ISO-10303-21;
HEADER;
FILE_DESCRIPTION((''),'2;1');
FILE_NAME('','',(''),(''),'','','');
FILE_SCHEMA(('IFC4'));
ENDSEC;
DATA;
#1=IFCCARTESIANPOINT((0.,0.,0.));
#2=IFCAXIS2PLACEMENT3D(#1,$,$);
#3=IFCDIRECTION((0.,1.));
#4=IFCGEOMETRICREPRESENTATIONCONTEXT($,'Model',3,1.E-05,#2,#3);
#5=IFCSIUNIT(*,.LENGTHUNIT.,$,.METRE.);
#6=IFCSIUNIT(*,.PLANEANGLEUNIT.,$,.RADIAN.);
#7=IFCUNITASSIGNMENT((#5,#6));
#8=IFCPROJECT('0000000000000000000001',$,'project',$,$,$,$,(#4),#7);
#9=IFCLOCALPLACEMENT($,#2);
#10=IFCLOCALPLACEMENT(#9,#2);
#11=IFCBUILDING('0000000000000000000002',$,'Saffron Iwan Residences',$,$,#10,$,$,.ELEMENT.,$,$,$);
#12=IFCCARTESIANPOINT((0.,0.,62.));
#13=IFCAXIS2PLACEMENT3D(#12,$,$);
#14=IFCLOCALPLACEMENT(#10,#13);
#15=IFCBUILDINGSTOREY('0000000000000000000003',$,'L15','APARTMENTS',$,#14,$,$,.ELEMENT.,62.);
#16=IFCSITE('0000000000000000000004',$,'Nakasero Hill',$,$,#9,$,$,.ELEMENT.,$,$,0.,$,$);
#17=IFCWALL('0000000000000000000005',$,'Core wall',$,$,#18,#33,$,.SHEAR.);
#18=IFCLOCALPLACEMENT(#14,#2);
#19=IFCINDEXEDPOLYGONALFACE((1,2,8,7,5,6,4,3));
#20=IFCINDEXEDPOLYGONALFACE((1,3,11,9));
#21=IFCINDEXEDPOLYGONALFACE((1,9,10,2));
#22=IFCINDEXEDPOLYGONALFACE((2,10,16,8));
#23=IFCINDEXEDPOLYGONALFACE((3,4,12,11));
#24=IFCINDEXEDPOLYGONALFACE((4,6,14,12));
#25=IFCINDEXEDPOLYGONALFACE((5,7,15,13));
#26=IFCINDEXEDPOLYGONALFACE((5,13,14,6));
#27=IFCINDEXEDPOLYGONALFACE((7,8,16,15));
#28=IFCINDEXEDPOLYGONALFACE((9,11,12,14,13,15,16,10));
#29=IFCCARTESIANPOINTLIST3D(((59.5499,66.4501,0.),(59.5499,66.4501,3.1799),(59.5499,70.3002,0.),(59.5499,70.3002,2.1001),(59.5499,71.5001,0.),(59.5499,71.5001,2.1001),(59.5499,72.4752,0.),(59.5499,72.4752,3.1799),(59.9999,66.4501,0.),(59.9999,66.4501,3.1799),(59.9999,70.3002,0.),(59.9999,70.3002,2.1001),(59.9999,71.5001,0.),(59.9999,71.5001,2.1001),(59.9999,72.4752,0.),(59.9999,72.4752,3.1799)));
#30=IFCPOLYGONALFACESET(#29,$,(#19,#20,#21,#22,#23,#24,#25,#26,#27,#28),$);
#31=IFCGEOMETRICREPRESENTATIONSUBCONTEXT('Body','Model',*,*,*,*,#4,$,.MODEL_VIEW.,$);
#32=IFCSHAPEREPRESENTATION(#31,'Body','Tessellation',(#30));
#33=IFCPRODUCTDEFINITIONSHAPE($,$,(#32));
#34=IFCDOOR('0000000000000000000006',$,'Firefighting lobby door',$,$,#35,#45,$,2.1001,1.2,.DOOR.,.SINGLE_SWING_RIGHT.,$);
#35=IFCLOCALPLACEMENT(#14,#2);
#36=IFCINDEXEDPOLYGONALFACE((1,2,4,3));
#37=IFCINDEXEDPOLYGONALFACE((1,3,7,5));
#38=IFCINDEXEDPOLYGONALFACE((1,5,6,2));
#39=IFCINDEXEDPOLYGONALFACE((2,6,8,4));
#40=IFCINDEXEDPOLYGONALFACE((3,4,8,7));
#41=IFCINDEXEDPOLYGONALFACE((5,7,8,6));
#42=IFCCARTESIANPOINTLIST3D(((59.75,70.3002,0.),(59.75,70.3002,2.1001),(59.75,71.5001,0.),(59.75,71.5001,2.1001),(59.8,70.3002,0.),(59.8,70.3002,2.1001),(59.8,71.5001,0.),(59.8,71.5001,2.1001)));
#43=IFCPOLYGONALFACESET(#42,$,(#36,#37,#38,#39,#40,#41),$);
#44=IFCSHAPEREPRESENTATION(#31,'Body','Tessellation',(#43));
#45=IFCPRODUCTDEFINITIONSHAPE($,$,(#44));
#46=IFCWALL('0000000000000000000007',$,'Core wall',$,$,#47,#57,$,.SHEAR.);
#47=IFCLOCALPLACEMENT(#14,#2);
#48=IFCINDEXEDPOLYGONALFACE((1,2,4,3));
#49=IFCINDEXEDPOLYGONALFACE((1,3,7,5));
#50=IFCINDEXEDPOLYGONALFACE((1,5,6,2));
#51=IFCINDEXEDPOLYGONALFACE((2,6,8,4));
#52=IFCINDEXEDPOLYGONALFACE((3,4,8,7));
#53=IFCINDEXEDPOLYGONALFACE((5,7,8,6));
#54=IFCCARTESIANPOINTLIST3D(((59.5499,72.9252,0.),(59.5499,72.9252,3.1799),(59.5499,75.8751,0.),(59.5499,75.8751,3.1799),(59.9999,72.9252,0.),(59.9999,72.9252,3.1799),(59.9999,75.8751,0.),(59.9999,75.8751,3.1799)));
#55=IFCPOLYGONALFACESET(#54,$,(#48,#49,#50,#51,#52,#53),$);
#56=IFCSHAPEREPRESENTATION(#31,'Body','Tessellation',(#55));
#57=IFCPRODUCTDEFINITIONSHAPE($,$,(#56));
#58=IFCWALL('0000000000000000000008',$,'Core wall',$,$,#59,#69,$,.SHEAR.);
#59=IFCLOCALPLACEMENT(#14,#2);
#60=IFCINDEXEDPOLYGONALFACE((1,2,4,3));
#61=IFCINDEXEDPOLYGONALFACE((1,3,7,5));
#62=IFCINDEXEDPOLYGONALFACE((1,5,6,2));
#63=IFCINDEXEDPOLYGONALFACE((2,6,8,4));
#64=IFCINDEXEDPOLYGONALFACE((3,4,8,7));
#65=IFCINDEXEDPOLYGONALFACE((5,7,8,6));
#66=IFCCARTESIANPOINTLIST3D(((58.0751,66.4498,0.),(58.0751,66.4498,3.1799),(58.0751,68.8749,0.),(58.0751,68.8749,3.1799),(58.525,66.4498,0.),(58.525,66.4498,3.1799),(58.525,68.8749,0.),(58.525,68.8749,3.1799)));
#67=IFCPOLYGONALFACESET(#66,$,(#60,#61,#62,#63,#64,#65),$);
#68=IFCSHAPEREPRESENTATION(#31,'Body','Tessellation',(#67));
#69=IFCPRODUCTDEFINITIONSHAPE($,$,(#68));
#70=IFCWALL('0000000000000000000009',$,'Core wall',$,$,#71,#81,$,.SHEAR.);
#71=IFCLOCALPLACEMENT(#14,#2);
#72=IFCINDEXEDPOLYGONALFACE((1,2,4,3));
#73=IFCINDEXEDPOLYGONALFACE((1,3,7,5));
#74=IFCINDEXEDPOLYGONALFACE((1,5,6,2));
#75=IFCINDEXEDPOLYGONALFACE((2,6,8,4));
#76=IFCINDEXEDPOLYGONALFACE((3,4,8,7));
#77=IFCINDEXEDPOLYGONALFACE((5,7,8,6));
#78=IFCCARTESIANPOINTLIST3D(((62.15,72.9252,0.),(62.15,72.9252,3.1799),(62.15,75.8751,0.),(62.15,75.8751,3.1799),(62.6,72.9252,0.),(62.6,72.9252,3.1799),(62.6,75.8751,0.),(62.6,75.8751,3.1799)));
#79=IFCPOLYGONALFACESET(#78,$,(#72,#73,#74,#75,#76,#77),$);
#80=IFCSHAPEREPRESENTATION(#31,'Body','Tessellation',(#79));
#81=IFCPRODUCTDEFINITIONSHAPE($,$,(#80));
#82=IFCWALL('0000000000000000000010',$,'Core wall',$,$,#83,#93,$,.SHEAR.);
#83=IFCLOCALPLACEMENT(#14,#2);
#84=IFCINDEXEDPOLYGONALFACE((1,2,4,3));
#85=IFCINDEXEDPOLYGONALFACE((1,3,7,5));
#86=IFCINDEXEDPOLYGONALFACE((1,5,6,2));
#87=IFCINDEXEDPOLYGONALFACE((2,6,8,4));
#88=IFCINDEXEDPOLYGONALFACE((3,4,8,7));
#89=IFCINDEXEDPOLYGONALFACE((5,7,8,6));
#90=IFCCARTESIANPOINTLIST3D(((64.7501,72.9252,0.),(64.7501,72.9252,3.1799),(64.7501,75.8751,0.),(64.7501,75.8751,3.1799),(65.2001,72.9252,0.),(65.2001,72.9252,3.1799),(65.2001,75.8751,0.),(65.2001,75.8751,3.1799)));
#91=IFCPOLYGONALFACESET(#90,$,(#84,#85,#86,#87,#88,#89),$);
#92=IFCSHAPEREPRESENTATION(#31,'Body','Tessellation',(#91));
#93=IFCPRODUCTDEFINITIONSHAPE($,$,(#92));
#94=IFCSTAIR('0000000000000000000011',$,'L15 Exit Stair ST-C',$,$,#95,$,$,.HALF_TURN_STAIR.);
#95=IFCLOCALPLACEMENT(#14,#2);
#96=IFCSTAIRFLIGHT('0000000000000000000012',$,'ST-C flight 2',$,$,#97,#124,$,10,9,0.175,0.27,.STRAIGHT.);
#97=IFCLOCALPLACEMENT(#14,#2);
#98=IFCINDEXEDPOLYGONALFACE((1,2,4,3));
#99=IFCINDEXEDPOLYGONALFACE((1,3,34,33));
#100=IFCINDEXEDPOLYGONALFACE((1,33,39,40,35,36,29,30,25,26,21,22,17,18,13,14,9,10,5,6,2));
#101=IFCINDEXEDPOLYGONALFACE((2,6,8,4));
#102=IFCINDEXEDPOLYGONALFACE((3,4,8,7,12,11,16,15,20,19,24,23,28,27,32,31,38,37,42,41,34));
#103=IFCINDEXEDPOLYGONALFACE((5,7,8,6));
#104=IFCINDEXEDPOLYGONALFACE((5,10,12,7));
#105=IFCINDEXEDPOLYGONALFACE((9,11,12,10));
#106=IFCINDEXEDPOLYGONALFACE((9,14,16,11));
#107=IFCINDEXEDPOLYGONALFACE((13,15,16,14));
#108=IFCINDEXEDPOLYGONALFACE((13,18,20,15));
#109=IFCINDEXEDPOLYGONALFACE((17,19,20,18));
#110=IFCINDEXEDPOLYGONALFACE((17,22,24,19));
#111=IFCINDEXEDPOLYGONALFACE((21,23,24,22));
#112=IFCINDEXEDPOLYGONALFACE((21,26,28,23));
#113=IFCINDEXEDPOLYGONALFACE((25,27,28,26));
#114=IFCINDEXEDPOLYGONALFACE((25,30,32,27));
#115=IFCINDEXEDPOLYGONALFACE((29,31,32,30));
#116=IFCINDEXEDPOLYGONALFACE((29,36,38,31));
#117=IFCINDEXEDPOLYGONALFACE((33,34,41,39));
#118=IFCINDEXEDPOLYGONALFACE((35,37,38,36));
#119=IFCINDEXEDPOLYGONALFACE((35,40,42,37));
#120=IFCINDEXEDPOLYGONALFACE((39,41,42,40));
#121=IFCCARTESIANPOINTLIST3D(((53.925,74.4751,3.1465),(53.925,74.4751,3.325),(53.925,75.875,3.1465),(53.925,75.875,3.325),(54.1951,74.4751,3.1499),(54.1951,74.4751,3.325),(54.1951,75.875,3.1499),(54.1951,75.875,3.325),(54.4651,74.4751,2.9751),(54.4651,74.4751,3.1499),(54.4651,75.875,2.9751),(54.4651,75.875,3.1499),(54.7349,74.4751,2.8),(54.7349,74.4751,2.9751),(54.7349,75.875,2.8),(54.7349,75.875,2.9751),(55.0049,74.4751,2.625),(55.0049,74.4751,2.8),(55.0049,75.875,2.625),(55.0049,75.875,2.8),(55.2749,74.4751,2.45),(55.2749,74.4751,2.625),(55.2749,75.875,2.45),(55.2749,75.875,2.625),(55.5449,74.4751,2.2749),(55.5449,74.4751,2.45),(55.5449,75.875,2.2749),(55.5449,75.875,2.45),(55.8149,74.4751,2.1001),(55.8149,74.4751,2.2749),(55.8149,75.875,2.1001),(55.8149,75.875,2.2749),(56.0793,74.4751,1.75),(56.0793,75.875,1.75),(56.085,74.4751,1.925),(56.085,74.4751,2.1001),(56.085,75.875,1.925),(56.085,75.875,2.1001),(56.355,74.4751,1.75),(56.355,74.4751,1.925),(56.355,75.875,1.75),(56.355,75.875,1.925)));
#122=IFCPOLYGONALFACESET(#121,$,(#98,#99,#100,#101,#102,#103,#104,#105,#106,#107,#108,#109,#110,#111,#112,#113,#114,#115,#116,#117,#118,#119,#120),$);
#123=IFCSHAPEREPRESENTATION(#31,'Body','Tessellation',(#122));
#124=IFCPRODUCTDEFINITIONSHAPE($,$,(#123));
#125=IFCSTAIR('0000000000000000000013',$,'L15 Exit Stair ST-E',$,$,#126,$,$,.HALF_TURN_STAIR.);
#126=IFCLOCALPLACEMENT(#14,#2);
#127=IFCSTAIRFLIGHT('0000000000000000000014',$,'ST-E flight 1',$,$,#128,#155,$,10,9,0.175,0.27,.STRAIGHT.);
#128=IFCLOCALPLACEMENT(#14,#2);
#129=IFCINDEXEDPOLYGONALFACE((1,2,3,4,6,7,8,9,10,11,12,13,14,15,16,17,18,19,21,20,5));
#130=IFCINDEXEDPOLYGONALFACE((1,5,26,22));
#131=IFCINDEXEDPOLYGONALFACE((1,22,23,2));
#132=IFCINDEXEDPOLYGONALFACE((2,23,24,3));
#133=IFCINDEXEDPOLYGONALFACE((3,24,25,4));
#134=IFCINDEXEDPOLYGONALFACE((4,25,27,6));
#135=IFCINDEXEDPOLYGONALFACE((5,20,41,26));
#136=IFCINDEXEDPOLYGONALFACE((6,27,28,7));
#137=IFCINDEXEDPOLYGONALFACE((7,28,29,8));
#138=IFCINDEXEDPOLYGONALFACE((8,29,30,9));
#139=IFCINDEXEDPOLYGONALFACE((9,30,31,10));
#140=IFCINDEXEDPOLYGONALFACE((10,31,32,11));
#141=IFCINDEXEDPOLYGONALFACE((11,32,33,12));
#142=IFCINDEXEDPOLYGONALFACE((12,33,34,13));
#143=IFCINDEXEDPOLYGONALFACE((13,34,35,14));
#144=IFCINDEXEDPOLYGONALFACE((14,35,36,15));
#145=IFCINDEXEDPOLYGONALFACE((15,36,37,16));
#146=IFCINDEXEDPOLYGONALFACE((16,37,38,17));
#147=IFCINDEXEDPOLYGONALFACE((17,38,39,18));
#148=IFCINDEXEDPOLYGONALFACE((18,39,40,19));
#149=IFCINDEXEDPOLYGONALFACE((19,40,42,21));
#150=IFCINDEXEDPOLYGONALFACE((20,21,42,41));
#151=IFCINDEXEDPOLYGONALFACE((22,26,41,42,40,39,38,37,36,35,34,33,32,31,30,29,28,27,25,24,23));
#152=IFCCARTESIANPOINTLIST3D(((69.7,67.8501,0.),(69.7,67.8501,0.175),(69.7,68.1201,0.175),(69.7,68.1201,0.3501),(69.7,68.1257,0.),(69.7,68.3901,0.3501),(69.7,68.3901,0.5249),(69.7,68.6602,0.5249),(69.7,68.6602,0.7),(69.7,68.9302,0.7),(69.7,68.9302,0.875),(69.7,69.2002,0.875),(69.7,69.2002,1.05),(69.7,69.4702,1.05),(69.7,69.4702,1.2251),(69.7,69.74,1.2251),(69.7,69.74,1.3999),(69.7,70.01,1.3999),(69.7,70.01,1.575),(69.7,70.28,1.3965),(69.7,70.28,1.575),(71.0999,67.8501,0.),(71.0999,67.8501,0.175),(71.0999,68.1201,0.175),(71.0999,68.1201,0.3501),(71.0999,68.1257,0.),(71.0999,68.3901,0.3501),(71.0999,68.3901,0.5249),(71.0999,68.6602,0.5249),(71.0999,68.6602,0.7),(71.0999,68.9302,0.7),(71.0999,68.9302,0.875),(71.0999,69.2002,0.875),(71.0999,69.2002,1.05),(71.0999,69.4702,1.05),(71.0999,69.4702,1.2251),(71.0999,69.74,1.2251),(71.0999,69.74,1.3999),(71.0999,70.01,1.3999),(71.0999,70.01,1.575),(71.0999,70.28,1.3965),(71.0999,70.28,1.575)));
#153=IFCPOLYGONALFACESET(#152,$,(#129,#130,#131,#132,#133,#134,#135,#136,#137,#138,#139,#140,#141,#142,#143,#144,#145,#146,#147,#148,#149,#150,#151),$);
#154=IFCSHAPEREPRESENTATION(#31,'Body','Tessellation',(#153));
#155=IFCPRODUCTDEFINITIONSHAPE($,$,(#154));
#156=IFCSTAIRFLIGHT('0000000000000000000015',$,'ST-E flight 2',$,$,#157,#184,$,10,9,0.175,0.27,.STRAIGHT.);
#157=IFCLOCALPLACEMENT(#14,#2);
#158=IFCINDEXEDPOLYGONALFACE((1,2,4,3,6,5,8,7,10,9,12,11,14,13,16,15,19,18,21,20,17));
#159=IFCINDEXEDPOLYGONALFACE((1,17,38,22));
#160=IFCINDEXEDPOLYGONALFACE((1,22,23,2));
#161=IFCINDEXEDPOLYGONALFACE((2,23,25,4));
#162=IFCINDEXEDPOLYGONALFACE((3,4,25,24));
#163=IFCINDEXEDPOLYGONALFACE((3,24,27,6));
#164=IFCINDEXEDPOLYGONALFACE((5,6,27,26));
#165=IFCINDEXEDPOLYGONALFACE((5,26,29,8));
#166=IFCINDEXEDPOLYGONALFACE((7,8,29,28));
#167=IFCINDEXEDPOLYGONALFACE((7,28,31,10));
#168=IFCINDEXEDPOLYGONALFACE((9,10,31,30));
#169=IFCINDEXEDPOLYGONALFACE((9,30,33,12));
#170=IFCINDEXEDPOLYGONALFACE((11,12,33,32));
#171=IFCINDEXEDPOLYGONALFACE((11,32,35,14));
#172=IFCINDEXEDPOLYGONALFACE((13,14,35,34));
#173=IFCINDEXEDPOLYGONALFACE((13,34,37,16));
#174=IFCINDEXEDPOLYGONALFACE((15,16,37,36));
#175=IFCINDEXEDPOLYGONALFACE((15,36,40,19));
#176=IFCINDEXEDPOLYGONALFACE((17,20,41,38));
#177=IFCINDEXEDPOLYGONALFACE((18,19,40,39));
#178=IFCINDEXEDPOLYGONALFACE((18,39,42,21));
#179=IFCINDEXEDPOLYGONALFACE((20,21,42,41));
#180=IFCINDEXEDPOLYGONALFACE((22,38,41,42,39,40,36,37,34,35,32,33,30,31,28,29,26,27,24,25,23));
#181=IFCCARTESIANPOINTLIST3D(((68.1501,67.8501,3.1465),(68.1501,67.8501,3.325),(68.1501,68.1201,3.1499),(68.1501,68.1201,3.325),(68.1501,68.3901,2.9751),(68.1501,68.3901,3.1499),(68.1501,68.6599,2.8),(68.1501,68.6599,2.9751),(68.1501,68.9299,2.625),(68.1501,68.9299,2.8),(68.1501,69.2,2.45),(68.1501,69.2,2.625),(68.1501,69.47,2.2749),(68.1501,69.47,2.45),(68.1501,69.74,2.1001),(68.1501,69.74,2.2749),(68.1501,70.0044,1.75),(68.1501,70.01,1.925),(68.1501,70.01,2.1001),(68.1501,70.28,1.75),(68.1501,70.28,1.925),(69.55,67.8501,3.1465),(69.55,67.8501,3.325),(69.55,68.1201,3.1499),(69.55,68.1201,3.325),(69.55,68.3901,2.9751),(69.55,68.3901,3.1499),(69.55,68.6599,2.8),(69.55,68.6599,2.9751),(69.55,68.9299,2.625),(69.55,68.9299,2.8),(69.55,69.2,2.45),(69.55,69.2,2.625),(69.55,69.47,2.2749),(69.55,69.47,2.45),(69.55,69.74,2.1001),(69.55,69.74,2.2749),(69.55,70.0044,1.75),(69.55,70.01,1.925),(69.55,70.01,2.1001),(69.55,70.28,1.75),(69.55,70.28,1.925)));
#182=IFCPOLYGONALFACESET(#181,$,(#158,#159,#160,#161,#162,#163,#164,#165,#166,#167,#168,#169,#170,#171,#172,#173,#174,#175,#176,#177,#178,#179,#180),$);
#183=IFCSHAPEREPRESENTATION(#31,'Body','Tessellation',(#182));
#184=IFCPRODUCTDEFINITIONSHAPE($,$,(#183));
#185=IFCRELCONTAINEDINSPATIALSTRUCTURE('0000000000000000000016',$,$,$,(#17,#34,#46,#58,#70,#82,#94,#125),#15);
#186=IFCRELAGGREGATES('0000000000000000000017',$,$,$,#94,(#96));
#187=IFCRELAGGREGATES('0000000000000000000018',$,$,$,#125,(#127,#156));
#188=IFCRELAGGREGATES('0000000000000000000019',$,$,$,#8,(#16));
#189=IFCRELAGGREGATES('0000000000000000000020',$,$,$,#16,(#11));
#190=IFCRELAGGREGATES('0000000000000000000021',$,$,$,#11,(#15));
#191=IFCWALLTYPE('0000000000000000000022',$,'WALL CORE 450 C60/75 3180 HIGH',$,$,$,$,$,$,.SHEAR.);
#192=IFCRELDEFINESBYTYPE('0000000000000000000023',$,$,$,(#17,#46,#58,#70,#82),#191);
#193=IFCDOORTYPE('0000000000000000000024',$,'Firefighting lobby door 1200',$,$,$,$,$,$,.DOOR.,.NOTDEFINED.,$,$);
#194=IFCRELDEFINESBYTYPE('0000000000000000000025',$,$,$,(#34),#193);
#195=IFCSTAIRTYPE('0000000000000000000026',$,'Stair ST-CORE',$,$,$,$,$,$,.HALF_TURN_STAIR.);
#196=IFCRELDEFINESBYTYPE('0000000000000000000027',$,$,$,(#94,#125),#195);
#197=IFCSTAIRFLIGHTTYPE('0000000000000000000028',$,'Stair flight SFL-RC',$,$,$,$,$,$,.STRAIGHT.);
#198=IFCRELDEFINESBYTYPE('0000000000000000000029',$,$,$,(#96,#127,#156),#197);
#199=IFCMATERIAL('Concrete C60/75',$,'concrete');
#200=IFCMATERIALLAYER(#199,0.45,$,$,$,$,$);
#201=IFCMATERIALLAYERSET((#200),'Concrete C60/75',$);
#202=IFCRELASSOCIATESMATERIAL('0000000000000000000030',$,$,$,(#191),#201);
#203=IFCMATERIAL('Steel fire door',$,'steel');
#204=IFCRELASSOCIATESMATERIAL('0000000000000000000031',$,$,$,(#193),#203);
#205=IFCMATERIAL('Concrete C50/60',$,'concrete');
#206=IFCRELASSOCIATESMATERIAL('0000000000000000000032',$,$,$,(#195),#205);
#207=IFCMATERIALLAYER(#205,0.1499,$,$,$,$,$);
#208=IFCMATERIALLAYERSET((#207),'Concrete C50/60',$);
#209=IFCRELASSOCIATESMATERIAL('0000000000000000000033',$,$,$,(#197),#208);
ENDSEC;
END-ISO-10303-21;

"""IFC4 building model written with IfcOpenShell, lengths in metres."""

from ifc_helpers import new_model, si_unit, direction, frame, frame_2d, origin, place, context, subcontext, project, spatial, polyline, rectangle, outline, extrude, material, layer, layer_set, type_object, element, fill, aggregate, save


model = new_model("IFC4")

# Units and contexts
model_context = context("Model", 3, precision=1e-05, world=origin(), true_north=direction((0.0, 1.0)))
body_context = subcontext(model_context, "Body", "Model", "MODEL_VIEW")
ifc_project = project(units=[si_unit("LENGTHUNIT", "METRE"), si_unit("PLANEANGLEUNIT", "RADIAN")], contexts=[model_context])

# Site, building, storey
site_placement = place(None, origin())
site = spatial("IfcSite", under=ifc_project, at=site_placement, Name="Nakasero Hill", CompositionType="ELEMENT", RefElevation=0.0)
building_placement = place(site_placement, origin())
building = spatial("IfcBuilding", under=site, at=building_placement, Name="Saffron Iwan Residences", CompositionType="ELEMENT")
storey_placement = place(building_placement, frame((0.0, 0.0, 62.0)))
storey = spatial("IfcBuildingStorey", under=building, at=storey_placement, Name="L15", Description="APARTMENTS", CompositionType="ELEMENT", Elevation=62.0)

# Shared definitions
ifc_material_1 = material(Name="Concrete C60/75", Category="concrete")

# Shared definitions
ifc_layer_1 = layer(ifc_material_1, 0.45)
ifc_layer_set_1 = layer_set([ifc_layer_1], Name="Concrete C60/75")
wall_type_1 = type_object("IfcWallType", Name="WALL CORE 450 C60/75 3180 HIGH", PredefinedType="SHEAR", material=ifc_layer_set_1)

# Wall, opening, door
ifc_material_2 = material(Name="Steel fire door", Category="steel")
wall_1_placement = place(storey_placement, frame((59.7749, 66.45, 0.0), z_axis=(0.0, 0.0, 1.0), x_axis=(0.0, 1.0, 0.0)))
wall_1 = element("IfcWall", 1, at=wall_1_placement, inside=storey, type_object=wall_type_1, Name="Core wall", PredefinedType="SHEAR", context=body_context, shape_type="SweptSolid", body=[
    extrude(rectangle(XDim=6.0251, YDim=0.45, at=frame_2d((3.0127, 0.0))), origin(), (0.0, 0.0, 1.0), 3.1799),
])
opening_1_placement = place(wall_1_placement, frame((3.8501, 0.0, 0.0)))
opening_1 = element("IfcOpeningElement", 2, at=opening_1_placement, cuts=wall_1, PredefinedType="OPENING", context=body_context, shape_type="SweptSolid", body=[
    extrude(rectangle(XDim=1.2, YDim=2.1001, at=frame_2d((0.6001, 1.05))), frame((0.0, 0.2349, 0.0), z_axis=(0.0, -1.0, 0.0), x_axis=(1.0, 0.0, 0.0)), (0.0, 0.0, 1.0), 0.47),
])
door_type_1 = type_object("IfcDoorType", Name="Firefighting lobby door 1200", OperationType="NOTDEFINED", PredefinedType="DOOR", material=ifc_material_2)
door_1_placement = place(opening_1_placement, origin())
door_1 = element("IfcDoor", 3, at=door_1_placement, inside=storey, type_object=door_type_1, Name="Firefighting lobby door", OperationType="SINGLE_SWING_RIGHT", OverallHeight=2.1001, OverallWidth=1.2, PredefinedType="DOOR", context=body_context, shape_type="SweptSolid", body=[
    extrude(rectangle(XDim=1.2, YDim=2.1001, at=frame_2d((0.6001, 1.05))), frame((0.0, 0.0249, 0.0), z_axis=(0.0, -1.0, 0.0), x_axis=(1.0, 0.0, 0.0)), (0.0, 0.0, 1.0), 0.05),
])
fill(opening_1, door_1)

# Walls
wall_2_placement = place(storey_placement, frame((59.7749, 72.925, 0.0), z_axis=(0.0, 0.0, 1.0), x_axis=(0.0, 1.0, 0.0)))
element("IfcWall", 4, at=wall_2_placement, inside=storey, type_object=wall_type_1, Name="Core wall", PredefinedType="SHEAR", context=body_context, shape_type="SweptSolid", body=[
    extrude(rectangle(XDim=2.95, YDim=0.45, at=frame_2d((1.4751, 0.0))), origin(), (0.0, 0.0, 1.0), 3.1799),
])
wall_3_placement = place(storey_placement, frame((58.3, 66.45, 0.0), z_axis=(0.0, 0.0, 1.0), x_axis=(0.0, 1.0, 0.0)))
element("IfcWall", 5, at=wall_3_placement, inside=storey, type_object=wall_type_1, Name="Core wall", PredefinedType="SHEAR", context=body_context, shape_type="SweptSolid", body=[
    extrude(rectangle(XDim=2.425, YDim=0.45, at=frame_2d((1.2124, 0.0))), origin(), (0.0, 0.0, 1.0), 3.1799),
])
for number, where, z_axis, x_axis, name in (
    (6, (62.375, 72.925, 0.0), (0.0, 0.0, 1.0), (0.0, 1.0, 0.0), "Core wall"),
    (7, (64.9751, 72.925, 0.0), (0.0, 0.0, 1.0), (0.0, 1.0, 0.0), "Core wall"),
):
    element("IfcWall", number, at=place(storey_placement, frame(where, z_axis=z_axis, x_axis=x_axis)), inside=storey, type_object=wall_type_1, Name=name, PredefinedType="SHEAR", context=body_context, shape_type="SweptSolid", body=[
        extrude(rectangle(XDim=2.95, YDim=0.45, at=frame_2d((1.4751, 0.0))), origin(), (0.0, 0.0, 1.0), 3.1799),
    ])

# Stair, stair flight
ifc_material_3 = material(Name="Concrete C50/60", Category="concrete")
stair_type = type_object("IfcStairType", Name="Stair ST-CORE", PredefinedType="HALF_TURN_STAIR", material=ifc_material_3)
stair_1_placement = place(storey_placement, origin())
stair_1 = element("IfcStair", 8, at=stair_1_placement, inside=storey, type_object=stair_type, Name="L15 Exit Stair ST-C", PredefinedType="HALF_TURN_STAIR")
ifc_layer_2 = layer(ifc_material_3, 0.1499)
ifc_layer_set_2 = layer_set([ifc_layer_2], Name="Concrete C50/60")
stair_flight_type = type_object("IfcStairFlightType", Name="Stair flight SFL-RC", PredefinedType="STRAIGHT", material=ifc_layer_set_2)
stair_flight_1_placement = place(storey_placement, frame((56.355, 75.175, 1.75), z_axis=(0.0, 0.0, 1.0), x_axis=(-1.0, 0.0, 0.0)))
stair_flight_1 = element("IfcStairFlight", 9, at=stair_flight_1_placement, type_object=stair_flight_type, Name="ST-C flight 2", NumberOfRisers=10, NumberOfTreads=9, PredefinedType="STRAIGHT", RiserHeight=0.175, TreadLength=0.27, context=body_context, shape_type="SweptSolid", body=[
    extrude(outline(polyline([(0.0, 0.0), (0.0, 0.175), (0.27, 0.175), (0.27, 0.3501), (0.54, 0.3501), (0.54, 0.5249), (0.8101, 0.5249), (0.8101, 0.7), (1.0801, 0.7), (1.0801, 0.875), (1.3501, 0.875), (1.3501, 1.05), (1.6201, 1.05), (1.6201, 1.2251), (1.8899, 1.2251), (1.8899, 1.3999), (2.1599, 1.3999), (2.1599, 1.575), (2.4299, 1.575), (2.4299, 1.75), (2.4299, 1.3965), (0.2756, 0.0), (0.0, 0.0)])), frame((0.0, 0.7, 0.0), z_axis=(0.0, -1.0, 0.0), x_axis=(1.0, 0.0, 0.0)), (0.0, 0.0, 1.0), 1.3999),
])
aggregate(stair_1, [stair_flight_1])

# Stair, stair flights
stair_2_placement = place(storey_placement, origin())
stair_2 = element("IfcStair", 10, at=stair_2_placement, inside=storey, type_object=stair_type, Name="L15 Exit Stair ST-E", PredefinedType="HALF_TURN_STAIR")
stair_flight_2_placement = place(storey_placement, frame((70.3999, 67.8501, 0.0), z_axis=(0.0, 0.0, 1.0), x_axis=(0.0, 1.0, 0.0)))
stair_flight_2 = element("IfcStairFlight", 11, at=stair_flight_2_placement, type_object=stair_flight_type, Name="ST-E flight 1", NumberOfRisers=10, NumberOfTreads=9, PredefinedType="STRAIGHT", RiserHeight=0.175, TreadLength=0.27, context=body_context, shape_type="SweptSolid", body=[
    extrude(outline(polyline([(0.0, 0.0), (0.0, 0.175), (0.27, 0.175), (0.27, 0.3501), (0.54, 0.3501), (0.54, 0.5249), (0.8101, 0.5249), (0.8101, 0.7), (1.0801, 0.7), (1.0801, 0.875), (1.3501, 0.875), (1.3501, 1.05), (1.6201, 1.05), (1.6201, 1.2251), (1.8899, 1.2251), (1.8899, 1.3999), (2.1599, 1.3999), (2.1599, 1.575), (2.4299, 1.575), (2.4299, 1.75), (2.4299, 1.3965), (0.2756, 0.0), (0.0, 0.0)])), frame((0.0, 0.7, 0.0), z_axis=(0.0, -1.0, 0.0), x_axis=(1.0, 0.0, 0.0)), (0.0, 0.0, 1.0), 1.3999),
])
stair_flight_3_placement = place(storey_placement, frame((68.8501, 70.28, 1.75), z_axis=(0.0, 0.0, 1.0), x_axis=(0.0, -1.0, 0.0)))
stair_flight_3 = element("IfcStairFlight", 12, at=stair_flight_3_placement, type_object=stair_flight_type, Name="ST-E flight 2", NumberOfRisers=10, NumberOfTreads=9, PredefinedType="STRAIGHT", RiserHeight=0.175, TreadLength=0.27, context=body_context, shape_type="SweptSolid", body=[
    extrude(outline(polyline([(0.0, 0.0), (0.0, 0.175), (0.27, 0.175), (0.27, 0.3501), (0.54, 0.3501), (0.54, 0.5249), (0.8101, 0.5249), (0.8101, 0.7), (1.0801, 0.7), (1.0801, 0.875), (1.3501, 0.875), (1.3501, 1.05), (1.6201, 1.05), (1.6201, 1.2251), (1.8899, 1.2251), (1.8899, 1.3999), (2.1599, 1.3999), (2.1599, 1.575), (2.4299, 1.575), (2.4299, 1.75), (2.4299, 1.3965), (0.2756, 0.0), (0.0, 0.0)])), frame((0.0, 0.7, 0.0), z_axis=(0.0, -1.0, 0.0), x_axis=(1.0, 0.0, 0.0)), (0.0, 0.0, 1.0), 1.3999),
])
aggregate(stair_2, [stair_flight_2, stair_flight_3])

save(model, "model.ifc")
